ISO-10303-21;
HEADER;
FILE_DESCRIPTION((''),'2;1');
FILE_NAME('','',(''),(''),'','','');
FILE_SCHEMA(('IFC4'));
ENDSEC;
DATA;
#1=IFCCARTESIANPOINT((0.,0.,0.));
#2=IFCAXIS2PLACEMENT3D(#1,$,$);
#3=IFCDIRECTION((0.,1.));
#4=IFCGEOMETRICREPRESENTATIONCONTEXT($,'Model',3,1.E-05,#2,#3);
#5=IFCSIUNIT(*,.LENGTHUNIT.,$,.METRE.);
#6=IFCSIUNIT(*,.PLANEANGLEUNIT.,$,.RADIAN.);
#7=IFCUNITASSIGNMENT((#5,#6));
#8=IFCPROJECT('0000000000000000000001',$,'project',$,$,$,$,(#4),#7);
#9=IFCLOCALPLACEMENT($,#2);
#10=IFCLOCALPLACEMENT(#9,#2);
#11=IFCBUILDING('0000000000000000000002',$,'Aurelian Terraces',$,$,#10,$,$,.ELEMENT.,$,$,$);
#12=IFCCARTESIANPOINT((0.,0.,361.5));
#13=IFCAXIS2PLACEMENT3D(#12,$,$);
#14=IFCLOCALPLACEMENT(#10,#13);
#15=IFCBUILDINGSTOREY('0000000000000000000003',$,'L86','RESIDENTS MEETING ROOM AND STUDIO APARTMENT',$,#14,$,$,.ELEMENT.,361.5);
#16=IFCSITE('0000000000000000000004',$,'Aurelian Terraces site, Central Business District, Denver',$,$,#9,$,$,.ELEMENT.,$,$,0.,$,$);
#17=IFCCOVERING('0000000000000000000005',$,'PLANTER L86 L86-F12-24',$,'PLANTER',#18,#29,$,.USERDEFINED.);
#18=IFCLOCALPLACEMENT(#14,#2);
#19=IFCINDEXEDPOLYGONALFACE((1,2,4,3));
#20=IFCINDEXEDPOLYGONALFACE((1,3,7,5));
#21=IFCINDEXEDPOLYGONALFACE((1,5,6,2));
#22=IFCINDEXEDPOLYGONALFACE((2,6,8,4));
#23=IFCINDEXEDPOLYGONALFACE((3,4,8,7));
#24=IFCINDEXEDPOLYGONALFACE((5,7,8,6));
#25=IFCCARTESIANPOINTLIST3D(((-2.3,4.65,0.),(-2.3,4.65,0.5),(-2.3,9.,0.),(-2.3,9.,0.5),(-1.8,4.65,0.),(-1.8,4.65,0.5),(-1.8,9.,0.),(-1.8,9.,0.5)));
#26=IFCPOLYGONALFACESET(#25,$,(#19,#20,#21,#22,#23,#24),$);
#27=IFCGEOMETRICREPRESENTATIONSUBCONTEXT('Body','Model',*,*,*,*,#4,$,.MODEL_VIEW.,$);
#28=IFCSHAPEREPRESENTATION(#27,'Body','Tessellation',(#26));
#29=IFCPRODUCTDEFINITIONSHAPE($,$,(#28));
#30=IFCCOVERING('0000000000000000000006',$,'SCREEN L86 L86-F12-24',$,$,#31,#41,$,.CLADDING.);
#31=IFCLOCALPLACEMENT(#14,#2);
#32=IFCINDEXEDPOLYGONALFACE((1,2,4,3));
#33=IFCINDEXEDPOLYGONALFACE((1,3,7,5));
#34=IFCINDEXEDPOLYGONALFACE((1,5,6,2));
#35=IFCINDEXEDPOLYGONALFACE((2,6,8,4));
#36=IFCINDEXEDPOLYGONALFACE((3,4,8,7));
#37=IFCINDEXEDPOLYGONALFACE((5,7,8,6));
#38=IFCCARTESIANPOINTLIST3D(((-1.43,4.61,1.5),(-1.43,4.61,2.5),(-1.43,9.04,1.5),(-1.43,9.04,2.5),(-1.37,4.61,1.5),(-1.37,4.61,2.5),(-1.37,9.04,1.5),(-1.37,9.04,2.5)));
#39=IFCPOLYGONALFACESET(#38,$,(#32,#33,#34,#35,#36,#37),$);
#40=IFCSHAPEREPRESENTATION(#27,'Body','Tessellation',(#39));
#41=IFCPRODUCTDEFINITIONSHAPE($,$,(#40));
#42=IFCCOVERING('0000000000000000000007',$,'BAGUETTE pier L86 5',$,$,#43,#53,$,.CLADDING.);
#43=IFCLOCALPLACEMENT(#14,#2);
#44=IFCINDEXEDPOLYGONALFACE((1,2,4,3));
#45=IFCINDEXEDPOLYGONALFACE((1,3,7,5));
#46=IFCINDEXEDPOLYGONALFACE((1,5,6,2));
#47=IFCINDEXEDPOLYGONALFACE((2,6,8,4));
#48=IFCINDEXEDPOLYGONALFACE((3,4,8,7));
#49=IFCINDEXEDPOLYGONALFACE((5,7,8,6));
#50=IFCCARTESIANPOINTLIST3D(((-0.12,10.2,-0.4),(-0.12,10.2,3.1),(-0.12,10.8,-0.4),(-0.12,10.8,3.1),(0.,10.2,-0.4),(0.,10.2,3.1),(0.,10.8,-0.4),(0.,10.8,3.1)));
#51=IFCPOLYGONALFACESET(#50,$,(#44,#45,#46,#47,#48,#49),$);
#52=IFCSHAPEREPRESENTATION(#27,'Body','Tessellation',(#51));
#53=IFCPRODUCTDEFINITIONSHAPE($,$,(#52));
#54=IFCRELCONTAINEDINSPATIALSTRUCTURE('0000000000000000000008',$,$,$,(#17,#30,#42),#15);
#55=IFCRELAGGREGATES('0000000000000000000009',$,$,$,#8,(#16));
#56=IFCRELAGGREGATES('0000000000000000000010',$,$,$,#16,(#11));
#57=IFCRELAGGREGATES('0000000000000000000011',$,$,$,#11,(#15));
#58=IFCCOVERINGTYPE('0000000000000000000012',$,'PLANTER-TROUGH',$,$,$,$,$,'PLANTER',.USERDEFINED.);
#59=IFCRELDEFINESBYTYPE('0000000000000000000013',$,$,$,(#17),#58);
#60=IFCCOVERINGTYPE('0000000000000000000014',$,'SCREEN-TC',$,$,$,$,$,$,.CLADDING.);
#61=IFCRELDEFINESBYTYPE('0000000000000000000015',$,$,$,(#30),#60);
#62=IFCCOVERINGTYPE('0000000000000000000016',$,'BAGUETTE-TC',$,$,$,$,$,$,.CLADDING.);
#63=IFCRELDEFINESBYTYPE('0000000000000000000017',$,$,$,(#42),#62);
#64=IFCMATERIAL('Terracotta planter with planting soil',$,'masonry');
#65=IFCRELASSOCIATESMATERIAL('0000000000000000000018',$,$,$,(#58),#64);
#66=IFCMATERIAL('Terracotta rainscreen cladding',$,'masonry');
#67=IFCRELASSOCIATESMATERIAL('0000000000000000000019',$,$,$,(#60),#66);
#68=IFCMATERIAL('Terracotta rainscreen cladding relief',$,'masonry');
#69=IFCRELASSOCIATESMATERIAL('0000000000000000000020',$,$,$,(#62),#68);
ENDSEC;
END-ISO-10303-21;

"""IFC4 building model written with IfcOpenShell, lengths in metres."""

from ifc_helpers import new_model, si_unit, direction, frame, origin, origin_2d, place, context, subcontext, project, spatial, rectangle, extrude, source, transform, mapped, material, type_object, element, save


model = new_model("IFC4")

# Units and contexts
model_context = context("Model", 3, precision=1e-05, world=origin(), true_north=direction((0.0, 1.0)))
body_context = subcontext(model_context, "Body", "Model", "MODEL_VIEW")
ifc_project = project(units=[si_unit("LENGTHUNIT", "METRE"), si_unit("PLANEANGLEUNIT", "RADIAN")], contexts=[model_context])

# Site, building, storey
site_placement = place(None, origin())
site = spatial("IfcSite", under=ifc_project, at=site_placement, Name="Aurelian Terraces site, Central Business District, Denver", CompositionType="ELEMENT", RefElevation=0.0)
building_placement = place(site_placement, origin())
building = spatial("IfcBuilding", under=site, at=building_placement, Name="Aurelian Terraces", CompositionType="ELEMENT")
storey_placement = place(building_placement, frame((0.0, 0.0, 361.5)))
storey = spatial("IfcBuildingStorey", under=building, at=storey_placement, Name="L86", Description="RESIDENTS MEETING ROOM AND STUDIO APARTMENT", CompositionType="ELEMENT", Elevation=361.5)

# Shared definitions
ifc_material_1 = material(Name="Terracotta rainscreen cladding", Category="masonry")

# Shared definitions
ifc_material_2 = material(Name="Terracotta rainscreen cladding relief", Category="masonry")

# Coverings
ifc_material_3 = material(Name="Terracotta planter with planting soil", Category="masonry")
covering_type_1 = type_object("IfcCoveringType", Name="PLANTER-TROUGH", ElementType="PLANTER", PredefinedType="USERDEFINED", material=ifc_material_3)
shared_shape_1 = source(origin(), body_context, "Body", "SweptSolid", [
    extrude(rectangle(XDim=0.5, YDim=4.35, at=origin_2d()), origin(), (0.0, 0.0, 1.0), 0.5),
])
covering_1_placement = place(storey_placement, frame((-2.05, 6.825, 0.0), z_axis=(0.0, 0.0, 1.0), x_axis=(1.0, 0.0, 0.0)))
element("IfcCovering", 1, at=covering_1_placement, inside=storey, type_object=covering_type_1, Name="PLANTER L86 L86-F12-24", ObjectType="PLANTER", PredefinedType="USERDEFINED", context=body_context, shape_type="MappedRepresentation", body=[
    mapped(shared_shape_1, transform((0.0, 0.0, 0.0), scale=1.0)),
])
covering_type_2 = type_object("IfcCoveringType", Name="SCREEN-TC", PredefinedType="CLADDING", material=ifc_material_1)
shared_shape_2 = source(origin(), body_context, "Body", "SweptSolid", [
    extrude(rectangle(XDim=0.06, YDim=4.43, at=origin_2d()), origin(), (0.0, 0.0, 1.0), 1.0),
])
covering_2_placement = place(storey_placement, frame((-1.4, 6.825, 1.5), z_axis=(0.0, 0.0, 1.0), x_axis=(1.0, 0.0, 0.0)))
element("IfcCovering", 2, at=covering_2_placement, inside=storey, type_object=covering_type_2, Name="SCREEN L86 L86-F12-24", PredefinedType="CLADDING", context=body_context, shape_type="MappedRepresentation", body=[
    mapped(shared_shape_2, transform((0.0, 0.0, 0.0), scale=1.0)),
])
covering_type_3 = type_object("IfcCoveringType", Name="BAGUETTE-TC", PredefinedType="CLADDING", material=ifc_material_2)
shared_shape_3 = source(origin(), body_context, "Body", "SweptSolid", [
    extrude(rectangle(XDim=0.12, YDim=0.6, at=origin_2d()), origin(), (0.0, 0.0, 1.0), 3.5),
])
covering_3_placement = place(storey_placement, frame((-0.06, 10.5, -0.4), z_axis=(0.0, 0.0, 1.0), x_axis=(1.0, 0.0, 0.0)))
element("IfcCovering", 3, at=covering_3_placement, inside=storey, type_object=covering_type_3, Name="BAGUETTE pier L86 5", PredefinedType="CLADDING", context=body_context, shape_type="MappedRepresentation", body=[
    mapped(shared_shape_3, transform((0.0, 0.0, 0.0), scale=1.0)),
])

save(model, "model.ifc")
